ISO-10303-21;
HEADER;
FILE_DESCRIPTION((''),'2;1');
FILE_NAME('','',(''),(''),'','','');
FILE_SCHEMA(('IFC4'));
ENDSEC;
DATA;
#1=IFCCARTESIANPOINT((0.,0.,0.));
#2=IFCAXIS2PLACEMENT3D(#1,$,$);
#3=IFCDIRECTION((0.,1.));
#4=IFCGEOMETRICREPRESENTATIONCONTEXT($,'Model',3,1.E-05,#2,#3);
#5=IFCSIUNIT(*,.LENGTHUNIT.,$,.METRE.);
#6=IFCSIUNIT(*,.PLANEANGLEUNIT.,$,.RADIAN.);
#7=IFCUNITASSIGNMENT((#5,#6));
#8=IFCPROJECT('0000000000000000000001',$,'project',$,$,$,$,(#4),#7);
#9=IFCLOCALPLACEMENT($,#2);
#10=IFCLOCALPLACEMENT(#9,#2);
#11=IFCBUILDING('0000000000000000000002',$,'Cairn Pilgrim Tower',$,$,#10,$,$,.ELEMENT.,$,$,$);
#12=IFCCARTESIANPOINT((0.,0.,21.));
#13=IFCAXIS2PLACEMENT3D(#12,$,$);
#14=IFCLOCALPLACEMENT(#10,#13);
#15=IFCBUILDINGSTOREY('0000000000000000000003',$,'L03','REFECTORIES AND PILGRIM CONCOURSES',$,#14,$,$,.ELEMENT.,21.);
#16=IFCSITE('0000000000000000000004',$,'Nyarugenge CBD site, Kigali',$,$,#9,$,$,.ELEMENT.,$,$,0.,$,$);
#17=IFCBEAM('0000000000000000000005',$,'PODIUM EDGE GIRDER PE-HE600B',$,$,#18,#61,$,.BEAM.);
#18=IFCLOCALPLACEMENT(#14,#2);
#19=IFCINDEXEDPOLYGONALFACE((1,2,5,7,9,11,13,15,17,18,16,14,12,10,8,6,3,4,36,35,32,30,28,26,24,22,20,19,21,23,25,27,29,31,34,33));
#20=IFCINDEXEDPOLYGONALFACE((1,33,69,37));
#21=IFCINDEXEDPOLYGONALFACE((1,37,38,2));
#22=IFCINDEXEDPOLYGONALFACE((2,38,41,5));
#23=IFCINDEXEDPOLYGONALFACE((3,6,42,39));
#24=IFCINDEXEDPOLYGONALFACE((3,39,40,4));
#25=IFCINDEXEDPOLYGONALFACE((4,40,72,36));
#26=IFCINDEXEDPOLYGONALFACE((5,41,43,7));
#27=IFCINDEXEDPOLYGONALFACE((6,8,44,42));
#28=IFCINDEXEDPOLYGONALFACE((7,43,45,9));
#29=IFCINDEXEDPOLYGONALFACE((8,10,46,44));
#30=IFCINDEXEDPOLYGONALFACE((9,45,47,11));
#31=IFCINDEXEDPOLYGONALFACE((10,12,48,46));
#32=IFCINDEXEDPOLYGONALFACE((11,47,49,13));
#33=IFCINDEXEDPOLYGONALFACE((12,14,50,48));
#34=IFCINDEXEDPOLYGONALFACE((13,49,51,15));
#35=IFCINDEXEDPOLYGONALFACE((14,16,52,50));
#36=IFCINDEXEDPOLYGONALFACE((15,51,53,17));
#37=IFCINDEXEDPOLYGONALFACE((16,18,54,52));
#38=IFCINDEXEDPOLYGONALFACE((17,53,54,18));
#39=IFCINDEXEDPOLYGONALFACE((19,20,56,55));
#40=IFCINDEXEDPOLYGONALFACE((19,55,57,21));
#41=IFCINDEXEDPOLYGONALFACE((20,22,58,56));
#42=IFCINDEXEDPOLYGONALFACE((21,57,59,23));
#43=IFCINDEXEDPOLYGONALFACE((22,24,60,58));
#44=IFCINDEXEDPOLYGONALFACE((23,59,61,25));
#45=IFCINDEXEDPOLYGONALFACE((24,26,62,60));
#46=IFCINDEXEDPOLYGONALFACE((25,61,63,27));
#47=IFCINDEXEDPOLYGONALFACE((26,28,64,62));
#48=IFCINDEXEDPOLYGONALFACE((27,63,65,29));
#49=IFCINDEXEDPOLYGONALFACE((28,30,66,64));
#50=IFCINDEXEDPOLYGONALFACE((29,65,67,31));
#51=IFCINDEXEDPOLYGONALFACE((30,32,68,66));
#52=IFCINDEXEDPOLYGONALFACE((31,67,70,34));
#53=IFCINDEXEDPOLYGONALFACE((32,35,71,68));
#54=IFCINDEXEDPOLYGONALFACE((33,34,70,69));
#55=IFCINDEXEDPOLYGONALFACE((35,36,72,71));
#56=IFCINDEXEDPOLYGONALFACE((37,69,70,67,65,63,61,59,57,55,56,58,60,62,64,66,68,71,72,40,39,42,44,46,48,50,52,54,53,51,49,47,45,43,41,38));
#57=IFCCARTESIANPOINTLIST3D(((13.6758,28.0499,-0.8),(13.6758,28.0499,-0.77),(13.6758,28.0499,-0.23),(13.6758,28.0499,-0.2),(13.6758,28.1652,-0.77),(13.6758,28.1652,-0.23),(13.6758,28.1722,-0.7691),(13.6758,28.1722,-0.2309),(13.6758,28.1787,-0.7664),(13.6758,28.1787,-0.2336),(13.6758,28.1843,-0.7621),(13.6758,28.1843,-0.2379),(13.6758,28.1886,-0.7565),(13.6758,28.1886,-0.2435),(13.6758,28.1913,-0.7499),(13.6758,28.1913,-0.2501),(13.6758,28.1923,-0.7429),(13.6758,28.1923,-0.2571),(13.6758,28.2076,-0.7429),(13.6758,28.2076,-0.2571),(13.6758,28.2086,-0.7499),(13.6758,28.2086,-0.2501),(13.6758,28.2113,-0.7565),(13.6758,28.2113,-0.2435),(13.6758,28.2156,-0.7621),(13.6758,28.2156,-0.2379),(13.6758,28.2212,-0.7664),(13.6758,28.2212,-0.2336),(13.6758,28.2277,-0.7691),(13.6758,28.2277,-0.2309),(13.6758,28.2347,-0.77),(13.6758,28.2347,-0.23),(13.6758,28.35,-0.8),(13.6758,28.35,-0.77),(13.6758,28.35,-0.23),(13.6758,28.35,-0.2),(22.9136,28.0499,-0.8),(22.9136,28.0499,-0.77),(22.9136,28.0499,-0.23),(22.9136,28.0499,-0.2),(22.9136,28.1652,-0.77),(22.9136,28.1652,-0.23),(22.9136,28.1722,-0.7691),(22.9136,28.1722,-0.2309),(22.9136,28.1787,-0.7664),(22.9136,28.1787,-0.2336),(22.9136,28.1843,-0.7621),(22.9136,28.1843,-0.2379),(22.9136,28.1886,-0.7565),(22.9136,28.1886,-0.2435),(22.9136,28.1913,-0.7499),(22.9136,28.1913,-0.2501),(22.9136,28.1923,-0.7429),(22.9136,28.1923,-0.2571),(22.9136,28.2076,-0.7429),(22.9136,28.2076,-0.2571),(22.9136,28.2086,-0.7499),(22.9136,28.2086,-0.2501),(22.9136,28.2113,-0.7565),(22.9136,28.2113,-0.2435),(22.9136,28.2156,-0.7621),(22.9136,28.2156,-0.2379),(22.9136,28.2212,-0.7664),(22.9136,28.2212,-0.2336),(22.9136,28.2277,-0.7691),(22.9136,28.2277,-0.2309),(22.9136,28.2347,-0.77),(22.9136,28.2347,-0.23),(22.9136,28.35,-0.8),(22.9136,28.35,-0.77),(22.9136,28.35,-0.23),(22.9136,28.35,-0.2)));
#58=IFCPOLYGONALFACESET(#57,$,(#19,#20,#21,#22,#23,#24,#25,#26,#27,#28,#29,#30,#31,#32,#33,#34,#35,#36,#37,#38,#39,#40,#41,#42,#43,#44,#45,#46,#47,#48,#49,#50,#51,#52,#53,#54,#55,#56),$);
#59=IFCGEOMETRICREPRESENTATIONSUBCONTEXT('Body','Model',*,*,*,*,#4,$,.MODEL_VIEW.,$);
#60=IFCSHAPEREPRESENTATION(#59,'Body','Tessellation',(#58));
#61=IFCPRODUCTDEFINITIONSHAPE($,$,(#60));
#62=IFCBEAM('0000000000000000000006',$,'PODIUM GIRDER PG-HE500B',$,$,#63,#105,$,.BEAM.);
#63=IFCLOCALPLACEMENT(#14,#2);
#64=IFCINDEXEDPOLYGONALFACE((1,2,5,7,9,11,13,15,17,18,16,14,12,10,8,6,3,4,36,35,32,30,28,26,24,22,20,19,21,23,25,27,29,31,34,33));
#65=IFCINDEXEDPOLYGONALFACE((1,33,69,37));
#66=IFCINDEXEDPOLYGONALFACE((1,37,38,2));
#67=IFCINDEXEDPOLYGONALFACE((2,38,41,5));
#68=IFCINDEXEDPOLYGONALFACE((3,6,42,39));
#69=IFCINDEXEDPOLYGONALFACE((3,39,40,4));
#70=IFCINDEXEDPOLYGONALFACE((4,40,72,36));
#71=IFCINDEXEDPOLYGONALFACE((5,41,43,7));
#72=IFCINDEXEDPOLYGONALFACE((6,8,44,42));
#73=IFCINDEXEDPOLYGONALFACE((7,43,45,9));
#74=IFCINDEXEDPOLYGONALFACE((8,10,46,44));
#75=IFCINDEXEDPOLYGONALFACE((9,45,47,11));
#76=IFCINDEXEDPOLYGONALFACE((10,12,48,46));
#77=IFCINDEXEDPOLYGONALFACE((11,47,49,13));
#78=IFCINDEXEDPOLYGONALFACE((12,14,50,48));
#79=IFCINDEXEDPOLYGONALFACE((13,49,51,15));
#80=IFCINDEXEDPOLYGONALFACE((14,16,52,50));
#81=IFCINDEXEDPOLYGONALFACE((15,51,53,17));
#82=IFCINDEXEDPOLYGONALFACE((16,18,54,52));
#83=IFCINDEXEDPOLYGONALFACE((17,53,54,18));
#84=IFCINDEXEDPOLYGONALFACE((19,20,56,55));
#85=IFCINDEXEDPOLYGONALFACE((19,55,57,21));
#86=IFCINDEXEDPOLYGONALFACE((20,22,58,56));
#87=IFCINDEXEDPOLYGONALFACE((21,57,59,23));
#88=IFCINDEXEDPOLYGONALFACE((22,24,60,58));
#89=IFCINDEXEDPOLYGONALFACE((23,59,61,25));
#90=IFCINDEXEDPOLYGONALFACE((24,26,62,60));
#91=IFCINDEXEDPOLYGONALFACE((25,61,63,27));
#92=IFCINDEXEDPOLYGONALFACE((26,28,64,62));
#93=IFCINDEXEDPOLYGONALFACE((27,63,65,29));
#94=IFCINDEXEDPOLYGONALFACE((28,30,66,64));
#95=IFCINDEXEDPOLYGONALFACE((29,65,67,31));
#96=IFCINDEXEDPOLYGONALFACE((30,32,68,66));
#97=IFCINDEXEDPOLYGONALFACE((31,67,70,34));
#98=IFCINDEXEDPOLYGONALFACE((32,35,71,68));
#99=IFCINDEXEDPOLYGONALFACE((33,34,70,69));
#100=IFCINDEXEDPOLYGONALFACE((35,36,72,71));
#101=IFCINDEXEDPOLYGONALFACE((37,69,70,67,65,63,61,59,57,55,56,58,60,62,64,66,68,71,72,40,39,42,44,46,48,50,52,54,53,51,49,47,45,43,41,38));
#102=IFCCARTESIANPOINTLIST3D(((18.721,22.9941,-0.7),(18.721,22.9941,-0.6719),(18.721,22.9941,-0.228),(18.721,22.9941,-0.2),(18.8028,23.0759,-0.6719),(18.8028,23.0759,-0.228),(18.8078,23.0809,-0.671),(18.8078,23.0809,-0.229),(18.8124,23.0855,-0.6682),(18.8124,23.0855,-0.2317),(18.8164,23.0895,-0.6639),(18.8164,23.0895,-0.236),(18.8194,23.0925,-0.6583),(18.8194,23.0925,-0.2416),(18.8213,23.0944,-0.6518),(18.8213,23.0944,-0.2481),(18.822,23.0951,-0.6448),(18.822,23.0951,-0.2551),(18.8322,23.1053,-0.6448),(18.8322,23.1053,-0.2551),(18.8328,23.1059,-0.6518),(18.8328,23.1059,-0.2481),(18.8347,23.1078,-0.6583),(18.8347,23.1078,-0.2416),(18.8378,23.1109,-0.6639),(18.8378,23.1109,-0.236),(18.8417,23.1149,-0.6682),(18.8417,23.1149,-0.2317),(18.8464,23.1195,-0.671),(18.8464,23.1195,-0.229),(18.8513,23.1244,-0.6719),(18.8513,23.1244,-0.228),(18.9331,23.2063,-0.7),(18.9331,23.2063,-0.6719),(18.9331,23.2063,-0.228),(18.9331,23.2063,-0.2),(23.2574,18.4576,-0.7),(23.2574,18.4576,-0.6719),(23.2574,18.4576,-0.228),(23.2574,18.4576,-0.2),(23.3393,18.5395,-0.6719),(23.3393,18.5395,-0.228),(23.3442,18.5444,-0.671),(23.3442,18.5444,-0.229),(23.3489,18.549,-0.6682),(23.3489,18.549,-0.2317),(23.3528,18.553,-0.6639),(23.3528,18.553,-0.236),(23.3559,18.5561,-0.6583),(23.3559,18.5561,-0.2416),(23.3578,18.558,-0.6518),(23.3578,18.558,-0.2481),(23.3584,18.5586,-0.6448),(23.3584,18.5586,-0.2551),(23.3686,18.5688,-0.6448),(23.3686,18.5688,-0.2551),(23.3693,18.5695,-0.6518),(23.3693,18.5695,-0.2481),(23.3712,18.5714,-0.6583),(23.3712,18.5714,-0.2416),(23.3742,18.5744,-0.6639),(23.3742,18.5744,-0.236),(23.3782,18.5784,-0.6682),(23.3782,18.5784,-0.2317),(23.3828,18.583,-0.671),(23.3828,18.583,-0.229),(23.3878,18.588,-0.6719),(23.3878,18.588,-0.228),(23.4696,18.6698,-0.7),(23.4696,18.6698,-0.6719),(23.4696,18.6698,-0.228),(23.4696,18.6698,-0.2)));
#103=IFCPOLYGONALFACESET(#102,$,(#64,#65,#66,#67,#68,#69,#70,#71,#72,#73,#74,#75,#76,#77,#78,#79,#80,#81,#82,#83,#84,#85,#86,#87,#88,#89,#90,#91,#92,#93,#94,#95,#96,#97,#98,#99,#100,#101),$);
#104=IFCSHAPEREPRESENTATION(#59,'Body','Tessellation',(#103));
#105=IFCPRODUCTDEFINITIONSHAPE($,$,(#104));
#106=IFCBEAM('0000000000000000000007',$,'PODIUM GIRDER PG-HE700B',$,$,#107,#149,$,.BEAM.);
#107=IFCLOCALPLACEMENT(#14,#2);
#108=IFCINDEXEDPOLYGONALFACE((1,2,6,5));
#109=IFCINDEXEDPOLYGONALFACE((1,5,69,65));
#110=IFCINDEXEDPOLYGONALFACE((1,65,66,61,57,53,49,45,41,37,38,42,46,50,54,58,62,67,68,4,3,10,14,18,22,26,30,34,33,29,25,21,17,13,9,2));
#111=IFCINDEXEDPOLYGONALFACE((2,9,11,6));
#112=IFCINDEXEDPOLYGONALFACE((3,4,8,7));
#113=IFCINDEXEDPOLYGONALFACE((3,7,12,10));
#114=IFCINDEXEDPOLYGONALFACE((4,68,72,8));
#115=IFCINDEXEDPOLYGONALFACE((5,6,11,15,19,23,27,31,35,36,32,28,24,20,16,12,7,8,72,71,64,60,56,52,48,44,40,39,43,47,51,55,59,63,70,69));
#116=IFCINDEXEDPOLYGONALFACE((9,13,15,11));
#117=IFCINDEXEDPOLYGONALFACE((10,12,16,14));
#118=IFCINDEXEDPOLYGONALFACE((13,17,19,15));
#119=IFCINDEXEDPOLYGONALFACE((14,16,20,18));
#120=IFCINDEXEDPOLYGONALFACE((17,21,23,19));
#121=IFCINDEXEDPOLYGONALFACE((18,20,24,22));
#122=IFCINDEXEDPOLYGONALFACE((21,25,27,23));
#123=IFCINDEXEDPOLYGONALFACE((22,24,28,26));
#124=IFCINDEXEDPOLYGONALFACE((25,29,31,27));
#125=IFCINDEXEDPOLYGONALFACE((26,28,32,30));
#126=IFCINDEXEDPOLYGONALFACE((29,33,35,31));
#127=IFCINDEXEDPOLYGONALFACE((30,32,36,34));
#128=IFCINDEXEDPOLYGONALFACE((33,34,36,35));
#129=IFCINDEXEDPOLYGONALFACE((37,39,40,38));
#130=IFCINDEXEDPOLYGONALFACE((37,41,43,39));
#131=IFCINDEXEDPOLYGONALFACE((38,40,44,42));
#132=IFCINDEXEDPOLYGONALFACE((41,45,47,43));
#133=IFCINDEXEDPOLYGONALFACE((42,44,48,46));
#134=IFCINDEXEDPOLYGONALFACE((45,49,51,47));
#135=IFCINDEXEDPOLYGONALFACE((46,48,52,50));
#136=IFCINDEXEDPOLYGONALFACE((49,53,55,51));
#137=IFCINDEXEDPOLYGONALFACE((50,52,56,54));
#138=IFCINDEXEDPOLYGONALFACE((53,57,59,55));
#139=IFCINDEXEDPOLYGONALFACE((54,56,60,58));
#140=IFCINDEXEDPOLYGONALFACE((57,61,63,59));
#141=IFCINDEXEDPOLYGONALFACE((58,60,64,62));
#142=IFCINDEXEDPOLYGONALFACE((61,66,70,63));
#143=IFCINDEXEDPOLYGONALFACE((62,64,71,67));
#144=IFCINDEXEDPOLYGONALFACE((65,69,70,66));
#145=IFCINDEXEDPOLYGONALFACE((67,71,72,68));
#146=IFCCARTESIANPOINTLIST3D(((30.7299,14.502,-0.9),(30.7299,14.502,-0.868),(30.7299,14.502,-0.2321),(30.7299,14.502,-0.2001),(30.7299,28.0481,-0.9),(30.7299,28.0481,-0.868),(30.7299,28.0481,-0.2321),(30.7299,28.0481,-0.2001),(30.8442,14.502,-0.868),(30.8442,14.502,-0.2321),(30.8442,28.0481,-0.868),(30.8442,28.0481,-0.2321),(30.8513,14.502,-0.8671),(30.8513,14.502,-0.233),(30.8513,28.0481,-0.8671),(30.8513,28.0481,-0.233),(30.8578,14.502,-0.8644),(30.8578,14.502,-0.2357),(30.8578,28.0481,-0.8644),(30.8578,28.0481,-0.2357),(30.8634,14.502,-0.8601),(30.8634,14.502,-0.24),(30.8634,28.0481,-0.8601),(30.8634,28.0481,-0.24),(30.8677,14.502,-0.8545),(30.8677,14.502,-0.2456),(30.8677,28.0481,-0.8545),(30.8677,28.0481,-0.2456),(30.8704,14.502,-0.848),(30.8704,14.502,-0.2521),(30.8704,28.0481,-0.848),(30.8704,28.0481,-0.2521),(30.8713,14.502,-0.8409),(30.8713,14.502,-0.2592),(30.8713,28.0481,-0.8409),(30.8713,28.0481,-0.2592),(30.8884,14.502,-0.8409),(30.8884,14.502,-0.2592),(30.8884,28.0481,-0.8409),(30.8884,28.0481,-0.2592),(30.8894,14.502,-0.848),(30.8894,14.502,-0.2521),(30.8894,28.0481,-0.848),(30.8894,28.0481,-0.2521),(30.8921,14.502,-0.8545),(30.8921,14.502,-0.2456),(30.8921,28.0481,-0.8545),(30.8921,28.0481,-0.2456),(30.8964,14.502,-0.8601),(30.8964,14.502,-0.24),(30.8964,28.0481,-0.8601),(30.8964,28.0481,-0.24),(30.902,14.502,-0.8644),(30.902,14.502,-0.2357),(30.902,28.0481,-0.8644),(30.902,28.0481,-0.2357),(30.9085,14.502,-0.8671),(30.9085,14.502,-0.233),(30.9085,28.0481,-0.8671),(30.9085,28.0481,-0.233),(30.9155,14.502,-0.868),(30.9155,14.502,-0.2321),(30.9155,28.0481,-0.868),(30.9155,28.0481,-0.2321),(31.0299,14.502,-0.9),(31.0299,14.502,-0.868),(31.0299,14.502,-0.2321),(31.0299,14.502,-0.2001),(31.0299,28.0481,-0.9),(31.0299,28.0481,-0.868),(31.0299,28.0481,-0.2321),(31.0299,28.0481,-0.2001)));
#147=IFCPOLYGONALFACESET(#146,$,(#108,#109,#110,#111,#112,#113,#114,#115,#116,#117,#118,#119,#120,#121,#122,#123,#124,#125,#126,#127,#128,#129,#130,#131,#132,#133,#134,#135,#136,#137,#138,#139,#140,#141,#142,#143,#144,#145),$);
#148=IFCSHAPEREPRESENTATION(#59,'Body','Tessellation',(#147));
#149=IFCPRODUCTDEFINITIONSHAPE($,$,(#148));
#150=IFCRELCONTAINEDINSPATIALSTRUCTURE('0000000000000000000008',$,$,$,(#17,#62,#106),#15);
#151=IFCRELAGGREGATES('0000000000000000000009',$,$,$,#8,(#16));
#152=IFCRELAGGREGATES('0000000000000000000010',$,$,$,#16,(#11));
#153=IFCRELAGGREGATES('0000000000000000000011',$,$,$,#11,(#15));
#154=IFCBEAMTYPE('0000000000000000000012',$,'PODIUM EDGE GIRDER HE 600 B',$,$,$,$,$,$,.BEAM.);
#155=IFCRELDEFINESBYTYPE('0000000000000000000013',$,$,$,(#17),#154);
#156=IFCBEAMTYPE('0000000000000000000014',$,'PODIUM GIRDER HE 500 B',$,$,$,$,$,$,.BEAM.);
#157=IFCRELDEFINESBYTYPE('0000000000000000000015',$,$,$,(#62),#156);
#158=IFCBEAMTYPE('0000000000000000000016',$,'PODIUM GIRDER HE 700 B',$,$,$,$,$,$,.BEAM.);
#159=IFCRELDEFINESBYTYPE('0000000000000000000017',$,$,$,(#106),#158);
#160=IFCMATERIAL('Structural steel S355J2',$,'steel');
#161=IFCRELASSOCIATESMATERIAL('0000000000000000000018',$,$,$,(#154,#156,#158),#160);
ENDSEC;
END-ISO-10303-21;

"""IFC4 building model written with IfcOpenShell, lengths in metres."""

from ifc_helpers import new_model, si_unit, direction, frame, origin, origin_2d, place, context, subcontext, project, spatial, i_section, extrude, material, material_profile, profile_set, type_object, element, save


model = new_model("IFC4")

# Units and contexts
model_context = context("Model", 3, precision=1e-05, world=origin(), true_north=direction((0.0, 1.0)))
body_context = subcontext(model_context, "Body", "Model", "MODEL_VIEW")
ifc_project = project(units=[si_unit("LENGTHUNIT", "METRE"), si_unit("PLANEANGLEUNIT", "RADIAN")], contexts=[model_context])

# Site, building, storey
site_placement = place(None, origin())
site = spatial("IfcSite", under=ifc_project, at=site_placement, Name="Nyarugenge CBD site, Kigali", CompositionType="ELEMENT", RefElevation=0.0)
building_placement = place(site_placement, origin())
building = spatial("IfcBuilding", under=site, at=building_placement, Name="Cairn Pilgrim Tower", CompositionType="ELEMENT")
storey_placement = place(building_placement, frame((0.0, 0.0, 21.0)))
storey = spatial("IfcBuildingStorey", under=building, at=storey_placement, Name="L03", Description="REFECTORIES AND PILGRIM CONCOURSES", CompositionType="ELEMENT", Elevation=21.0)

# Shared definitions
ifc_material_1 = material(Name="Structural steel S355J2", Category="steel")

# Beams
ifc_material_profile_1 = material_profile(ifc_material_1, i_section(OverallWidth=0.3, OverallDepth=0.6001, WebThickness=0.0154, FlangeThickness=0.03, FilletRadius=0.0271, at=origin_2d()), Name="HEB 600")
ifc_profile_set_1 = profile_set([ifc_material_profile_1], Name="Structural steel S355J2")
beam_type_1 = type_object("IfcBeamType", Name="PODIUM EDGE GIRDER HE 600 B", PredefinedType="BEAM", material=ifc_profile_set_1)
beam_1_placement = place(storey_placement, frame((22.9136, 28.2, -0.5), z_axis=(-1.0, 0.0, 0.0), x_axis=(0.0, -1.0, 0.0)))
element("IfcBeam", 1, at=beam_1_placement, inside=storey, type_object=beam_type_1, Name="PODIUM EDGE GIRDER PE-HE600B", PredefinedType="BEAM", context=body_context, shape_type="SweptSolid", body=[
    extrude(i_section(OverallWidth=0.3, OverallDepth=0.6001, WebThickness=0.0154, FlangeThickness=0.03, FilletRadius=0.0271, at=origin_2d()), origin(), (0.0, 0.0, 1.0), 9.2378),
])
ifc_material_profile_2 = material_profile(ifc_material_1, i_section(OverallWidth=0.3, OverallDepth=0.5, WebThickness=0.0144, FlangeThickness=0.0281, FilletRadius=0.0271, at=origin_2d()), Name="HEB 500")
ifc_profile_set_2 = profile_set([ifc_material_profile_2], Name="Structural steel S355J2")
beam_type_2 = type_object("IfcBeamType", Name="PODIUM GIRDER HE 500 B", PredefinedType="BEAM", material=ifc_profile_set_2)
beam_2_placement = place(storey_placement, frame((23.3635, 18.5637, -0.45), z_axis=(-0.707107, 0.707107, 0.0), x_axis=(-0.707107, -0.707107, 0.0)))
element("IfcBeam", 2, at=beam_2_placement, inside=storey, type_object=beam_type_2, Name="PODIUM GIRDER PG-HE500B", PredefinedType="BEAM", context=body_context, shape_type="SweptSolid", body=[
    extrude(i_section(OverallWidth=0.3, OverallDepth=0.5, WebThickness=0.0144, FlangeThickness=0.0281, FilletRadius=0.0271, at=origin_2d()), origin(), (0.0, 0.0, 1.0), 6.4155),
])
ifc_material_profile_3 = material_profile(ifc_material_1, i_section(OverallWidth=0.3, OverallDepth=0.7, WebThickness=0.0171, FlangeThickness=0.032, FilletRadius=0.0271, at=origin_2d()), Name="HEB 700")
ifc_profile_set_3 = profile_set([ifc_material_profile_3], Name="Structural steel S355J2")
beam_type_3 = type_object("IfcBeamType", Name="PODIUM GIRDER HE 700 B", PredefinedType="BEAM", material=ifc_profile_set_3)
beam_3_placement = place(storey_placement, frame((30.8799, 14.502, -0.55), z_axis=(0.0, 1.0, 0.0), x_axis=(-1.0, 0.0, 0.0)))
element("IfcBeam", 3, at=beam_3_placement, inside=storey, type_object=beam_type_3, Name="PODIUM GIRDER PG-HE700B", PredefinedType="BEAM", context=body_context, shape_type="SweptSolid", body=[
    extrude(i_section(OverallWidth=0.3, OverallDepth=0.7, WebThickness=0.0171, FlangeThickness=0.032, FilletRadius=0.0271, at=origin_2d()), origin(), (0.0, 0.0, 1.0), 13.5461),
])

save(model, "model.ifc")
